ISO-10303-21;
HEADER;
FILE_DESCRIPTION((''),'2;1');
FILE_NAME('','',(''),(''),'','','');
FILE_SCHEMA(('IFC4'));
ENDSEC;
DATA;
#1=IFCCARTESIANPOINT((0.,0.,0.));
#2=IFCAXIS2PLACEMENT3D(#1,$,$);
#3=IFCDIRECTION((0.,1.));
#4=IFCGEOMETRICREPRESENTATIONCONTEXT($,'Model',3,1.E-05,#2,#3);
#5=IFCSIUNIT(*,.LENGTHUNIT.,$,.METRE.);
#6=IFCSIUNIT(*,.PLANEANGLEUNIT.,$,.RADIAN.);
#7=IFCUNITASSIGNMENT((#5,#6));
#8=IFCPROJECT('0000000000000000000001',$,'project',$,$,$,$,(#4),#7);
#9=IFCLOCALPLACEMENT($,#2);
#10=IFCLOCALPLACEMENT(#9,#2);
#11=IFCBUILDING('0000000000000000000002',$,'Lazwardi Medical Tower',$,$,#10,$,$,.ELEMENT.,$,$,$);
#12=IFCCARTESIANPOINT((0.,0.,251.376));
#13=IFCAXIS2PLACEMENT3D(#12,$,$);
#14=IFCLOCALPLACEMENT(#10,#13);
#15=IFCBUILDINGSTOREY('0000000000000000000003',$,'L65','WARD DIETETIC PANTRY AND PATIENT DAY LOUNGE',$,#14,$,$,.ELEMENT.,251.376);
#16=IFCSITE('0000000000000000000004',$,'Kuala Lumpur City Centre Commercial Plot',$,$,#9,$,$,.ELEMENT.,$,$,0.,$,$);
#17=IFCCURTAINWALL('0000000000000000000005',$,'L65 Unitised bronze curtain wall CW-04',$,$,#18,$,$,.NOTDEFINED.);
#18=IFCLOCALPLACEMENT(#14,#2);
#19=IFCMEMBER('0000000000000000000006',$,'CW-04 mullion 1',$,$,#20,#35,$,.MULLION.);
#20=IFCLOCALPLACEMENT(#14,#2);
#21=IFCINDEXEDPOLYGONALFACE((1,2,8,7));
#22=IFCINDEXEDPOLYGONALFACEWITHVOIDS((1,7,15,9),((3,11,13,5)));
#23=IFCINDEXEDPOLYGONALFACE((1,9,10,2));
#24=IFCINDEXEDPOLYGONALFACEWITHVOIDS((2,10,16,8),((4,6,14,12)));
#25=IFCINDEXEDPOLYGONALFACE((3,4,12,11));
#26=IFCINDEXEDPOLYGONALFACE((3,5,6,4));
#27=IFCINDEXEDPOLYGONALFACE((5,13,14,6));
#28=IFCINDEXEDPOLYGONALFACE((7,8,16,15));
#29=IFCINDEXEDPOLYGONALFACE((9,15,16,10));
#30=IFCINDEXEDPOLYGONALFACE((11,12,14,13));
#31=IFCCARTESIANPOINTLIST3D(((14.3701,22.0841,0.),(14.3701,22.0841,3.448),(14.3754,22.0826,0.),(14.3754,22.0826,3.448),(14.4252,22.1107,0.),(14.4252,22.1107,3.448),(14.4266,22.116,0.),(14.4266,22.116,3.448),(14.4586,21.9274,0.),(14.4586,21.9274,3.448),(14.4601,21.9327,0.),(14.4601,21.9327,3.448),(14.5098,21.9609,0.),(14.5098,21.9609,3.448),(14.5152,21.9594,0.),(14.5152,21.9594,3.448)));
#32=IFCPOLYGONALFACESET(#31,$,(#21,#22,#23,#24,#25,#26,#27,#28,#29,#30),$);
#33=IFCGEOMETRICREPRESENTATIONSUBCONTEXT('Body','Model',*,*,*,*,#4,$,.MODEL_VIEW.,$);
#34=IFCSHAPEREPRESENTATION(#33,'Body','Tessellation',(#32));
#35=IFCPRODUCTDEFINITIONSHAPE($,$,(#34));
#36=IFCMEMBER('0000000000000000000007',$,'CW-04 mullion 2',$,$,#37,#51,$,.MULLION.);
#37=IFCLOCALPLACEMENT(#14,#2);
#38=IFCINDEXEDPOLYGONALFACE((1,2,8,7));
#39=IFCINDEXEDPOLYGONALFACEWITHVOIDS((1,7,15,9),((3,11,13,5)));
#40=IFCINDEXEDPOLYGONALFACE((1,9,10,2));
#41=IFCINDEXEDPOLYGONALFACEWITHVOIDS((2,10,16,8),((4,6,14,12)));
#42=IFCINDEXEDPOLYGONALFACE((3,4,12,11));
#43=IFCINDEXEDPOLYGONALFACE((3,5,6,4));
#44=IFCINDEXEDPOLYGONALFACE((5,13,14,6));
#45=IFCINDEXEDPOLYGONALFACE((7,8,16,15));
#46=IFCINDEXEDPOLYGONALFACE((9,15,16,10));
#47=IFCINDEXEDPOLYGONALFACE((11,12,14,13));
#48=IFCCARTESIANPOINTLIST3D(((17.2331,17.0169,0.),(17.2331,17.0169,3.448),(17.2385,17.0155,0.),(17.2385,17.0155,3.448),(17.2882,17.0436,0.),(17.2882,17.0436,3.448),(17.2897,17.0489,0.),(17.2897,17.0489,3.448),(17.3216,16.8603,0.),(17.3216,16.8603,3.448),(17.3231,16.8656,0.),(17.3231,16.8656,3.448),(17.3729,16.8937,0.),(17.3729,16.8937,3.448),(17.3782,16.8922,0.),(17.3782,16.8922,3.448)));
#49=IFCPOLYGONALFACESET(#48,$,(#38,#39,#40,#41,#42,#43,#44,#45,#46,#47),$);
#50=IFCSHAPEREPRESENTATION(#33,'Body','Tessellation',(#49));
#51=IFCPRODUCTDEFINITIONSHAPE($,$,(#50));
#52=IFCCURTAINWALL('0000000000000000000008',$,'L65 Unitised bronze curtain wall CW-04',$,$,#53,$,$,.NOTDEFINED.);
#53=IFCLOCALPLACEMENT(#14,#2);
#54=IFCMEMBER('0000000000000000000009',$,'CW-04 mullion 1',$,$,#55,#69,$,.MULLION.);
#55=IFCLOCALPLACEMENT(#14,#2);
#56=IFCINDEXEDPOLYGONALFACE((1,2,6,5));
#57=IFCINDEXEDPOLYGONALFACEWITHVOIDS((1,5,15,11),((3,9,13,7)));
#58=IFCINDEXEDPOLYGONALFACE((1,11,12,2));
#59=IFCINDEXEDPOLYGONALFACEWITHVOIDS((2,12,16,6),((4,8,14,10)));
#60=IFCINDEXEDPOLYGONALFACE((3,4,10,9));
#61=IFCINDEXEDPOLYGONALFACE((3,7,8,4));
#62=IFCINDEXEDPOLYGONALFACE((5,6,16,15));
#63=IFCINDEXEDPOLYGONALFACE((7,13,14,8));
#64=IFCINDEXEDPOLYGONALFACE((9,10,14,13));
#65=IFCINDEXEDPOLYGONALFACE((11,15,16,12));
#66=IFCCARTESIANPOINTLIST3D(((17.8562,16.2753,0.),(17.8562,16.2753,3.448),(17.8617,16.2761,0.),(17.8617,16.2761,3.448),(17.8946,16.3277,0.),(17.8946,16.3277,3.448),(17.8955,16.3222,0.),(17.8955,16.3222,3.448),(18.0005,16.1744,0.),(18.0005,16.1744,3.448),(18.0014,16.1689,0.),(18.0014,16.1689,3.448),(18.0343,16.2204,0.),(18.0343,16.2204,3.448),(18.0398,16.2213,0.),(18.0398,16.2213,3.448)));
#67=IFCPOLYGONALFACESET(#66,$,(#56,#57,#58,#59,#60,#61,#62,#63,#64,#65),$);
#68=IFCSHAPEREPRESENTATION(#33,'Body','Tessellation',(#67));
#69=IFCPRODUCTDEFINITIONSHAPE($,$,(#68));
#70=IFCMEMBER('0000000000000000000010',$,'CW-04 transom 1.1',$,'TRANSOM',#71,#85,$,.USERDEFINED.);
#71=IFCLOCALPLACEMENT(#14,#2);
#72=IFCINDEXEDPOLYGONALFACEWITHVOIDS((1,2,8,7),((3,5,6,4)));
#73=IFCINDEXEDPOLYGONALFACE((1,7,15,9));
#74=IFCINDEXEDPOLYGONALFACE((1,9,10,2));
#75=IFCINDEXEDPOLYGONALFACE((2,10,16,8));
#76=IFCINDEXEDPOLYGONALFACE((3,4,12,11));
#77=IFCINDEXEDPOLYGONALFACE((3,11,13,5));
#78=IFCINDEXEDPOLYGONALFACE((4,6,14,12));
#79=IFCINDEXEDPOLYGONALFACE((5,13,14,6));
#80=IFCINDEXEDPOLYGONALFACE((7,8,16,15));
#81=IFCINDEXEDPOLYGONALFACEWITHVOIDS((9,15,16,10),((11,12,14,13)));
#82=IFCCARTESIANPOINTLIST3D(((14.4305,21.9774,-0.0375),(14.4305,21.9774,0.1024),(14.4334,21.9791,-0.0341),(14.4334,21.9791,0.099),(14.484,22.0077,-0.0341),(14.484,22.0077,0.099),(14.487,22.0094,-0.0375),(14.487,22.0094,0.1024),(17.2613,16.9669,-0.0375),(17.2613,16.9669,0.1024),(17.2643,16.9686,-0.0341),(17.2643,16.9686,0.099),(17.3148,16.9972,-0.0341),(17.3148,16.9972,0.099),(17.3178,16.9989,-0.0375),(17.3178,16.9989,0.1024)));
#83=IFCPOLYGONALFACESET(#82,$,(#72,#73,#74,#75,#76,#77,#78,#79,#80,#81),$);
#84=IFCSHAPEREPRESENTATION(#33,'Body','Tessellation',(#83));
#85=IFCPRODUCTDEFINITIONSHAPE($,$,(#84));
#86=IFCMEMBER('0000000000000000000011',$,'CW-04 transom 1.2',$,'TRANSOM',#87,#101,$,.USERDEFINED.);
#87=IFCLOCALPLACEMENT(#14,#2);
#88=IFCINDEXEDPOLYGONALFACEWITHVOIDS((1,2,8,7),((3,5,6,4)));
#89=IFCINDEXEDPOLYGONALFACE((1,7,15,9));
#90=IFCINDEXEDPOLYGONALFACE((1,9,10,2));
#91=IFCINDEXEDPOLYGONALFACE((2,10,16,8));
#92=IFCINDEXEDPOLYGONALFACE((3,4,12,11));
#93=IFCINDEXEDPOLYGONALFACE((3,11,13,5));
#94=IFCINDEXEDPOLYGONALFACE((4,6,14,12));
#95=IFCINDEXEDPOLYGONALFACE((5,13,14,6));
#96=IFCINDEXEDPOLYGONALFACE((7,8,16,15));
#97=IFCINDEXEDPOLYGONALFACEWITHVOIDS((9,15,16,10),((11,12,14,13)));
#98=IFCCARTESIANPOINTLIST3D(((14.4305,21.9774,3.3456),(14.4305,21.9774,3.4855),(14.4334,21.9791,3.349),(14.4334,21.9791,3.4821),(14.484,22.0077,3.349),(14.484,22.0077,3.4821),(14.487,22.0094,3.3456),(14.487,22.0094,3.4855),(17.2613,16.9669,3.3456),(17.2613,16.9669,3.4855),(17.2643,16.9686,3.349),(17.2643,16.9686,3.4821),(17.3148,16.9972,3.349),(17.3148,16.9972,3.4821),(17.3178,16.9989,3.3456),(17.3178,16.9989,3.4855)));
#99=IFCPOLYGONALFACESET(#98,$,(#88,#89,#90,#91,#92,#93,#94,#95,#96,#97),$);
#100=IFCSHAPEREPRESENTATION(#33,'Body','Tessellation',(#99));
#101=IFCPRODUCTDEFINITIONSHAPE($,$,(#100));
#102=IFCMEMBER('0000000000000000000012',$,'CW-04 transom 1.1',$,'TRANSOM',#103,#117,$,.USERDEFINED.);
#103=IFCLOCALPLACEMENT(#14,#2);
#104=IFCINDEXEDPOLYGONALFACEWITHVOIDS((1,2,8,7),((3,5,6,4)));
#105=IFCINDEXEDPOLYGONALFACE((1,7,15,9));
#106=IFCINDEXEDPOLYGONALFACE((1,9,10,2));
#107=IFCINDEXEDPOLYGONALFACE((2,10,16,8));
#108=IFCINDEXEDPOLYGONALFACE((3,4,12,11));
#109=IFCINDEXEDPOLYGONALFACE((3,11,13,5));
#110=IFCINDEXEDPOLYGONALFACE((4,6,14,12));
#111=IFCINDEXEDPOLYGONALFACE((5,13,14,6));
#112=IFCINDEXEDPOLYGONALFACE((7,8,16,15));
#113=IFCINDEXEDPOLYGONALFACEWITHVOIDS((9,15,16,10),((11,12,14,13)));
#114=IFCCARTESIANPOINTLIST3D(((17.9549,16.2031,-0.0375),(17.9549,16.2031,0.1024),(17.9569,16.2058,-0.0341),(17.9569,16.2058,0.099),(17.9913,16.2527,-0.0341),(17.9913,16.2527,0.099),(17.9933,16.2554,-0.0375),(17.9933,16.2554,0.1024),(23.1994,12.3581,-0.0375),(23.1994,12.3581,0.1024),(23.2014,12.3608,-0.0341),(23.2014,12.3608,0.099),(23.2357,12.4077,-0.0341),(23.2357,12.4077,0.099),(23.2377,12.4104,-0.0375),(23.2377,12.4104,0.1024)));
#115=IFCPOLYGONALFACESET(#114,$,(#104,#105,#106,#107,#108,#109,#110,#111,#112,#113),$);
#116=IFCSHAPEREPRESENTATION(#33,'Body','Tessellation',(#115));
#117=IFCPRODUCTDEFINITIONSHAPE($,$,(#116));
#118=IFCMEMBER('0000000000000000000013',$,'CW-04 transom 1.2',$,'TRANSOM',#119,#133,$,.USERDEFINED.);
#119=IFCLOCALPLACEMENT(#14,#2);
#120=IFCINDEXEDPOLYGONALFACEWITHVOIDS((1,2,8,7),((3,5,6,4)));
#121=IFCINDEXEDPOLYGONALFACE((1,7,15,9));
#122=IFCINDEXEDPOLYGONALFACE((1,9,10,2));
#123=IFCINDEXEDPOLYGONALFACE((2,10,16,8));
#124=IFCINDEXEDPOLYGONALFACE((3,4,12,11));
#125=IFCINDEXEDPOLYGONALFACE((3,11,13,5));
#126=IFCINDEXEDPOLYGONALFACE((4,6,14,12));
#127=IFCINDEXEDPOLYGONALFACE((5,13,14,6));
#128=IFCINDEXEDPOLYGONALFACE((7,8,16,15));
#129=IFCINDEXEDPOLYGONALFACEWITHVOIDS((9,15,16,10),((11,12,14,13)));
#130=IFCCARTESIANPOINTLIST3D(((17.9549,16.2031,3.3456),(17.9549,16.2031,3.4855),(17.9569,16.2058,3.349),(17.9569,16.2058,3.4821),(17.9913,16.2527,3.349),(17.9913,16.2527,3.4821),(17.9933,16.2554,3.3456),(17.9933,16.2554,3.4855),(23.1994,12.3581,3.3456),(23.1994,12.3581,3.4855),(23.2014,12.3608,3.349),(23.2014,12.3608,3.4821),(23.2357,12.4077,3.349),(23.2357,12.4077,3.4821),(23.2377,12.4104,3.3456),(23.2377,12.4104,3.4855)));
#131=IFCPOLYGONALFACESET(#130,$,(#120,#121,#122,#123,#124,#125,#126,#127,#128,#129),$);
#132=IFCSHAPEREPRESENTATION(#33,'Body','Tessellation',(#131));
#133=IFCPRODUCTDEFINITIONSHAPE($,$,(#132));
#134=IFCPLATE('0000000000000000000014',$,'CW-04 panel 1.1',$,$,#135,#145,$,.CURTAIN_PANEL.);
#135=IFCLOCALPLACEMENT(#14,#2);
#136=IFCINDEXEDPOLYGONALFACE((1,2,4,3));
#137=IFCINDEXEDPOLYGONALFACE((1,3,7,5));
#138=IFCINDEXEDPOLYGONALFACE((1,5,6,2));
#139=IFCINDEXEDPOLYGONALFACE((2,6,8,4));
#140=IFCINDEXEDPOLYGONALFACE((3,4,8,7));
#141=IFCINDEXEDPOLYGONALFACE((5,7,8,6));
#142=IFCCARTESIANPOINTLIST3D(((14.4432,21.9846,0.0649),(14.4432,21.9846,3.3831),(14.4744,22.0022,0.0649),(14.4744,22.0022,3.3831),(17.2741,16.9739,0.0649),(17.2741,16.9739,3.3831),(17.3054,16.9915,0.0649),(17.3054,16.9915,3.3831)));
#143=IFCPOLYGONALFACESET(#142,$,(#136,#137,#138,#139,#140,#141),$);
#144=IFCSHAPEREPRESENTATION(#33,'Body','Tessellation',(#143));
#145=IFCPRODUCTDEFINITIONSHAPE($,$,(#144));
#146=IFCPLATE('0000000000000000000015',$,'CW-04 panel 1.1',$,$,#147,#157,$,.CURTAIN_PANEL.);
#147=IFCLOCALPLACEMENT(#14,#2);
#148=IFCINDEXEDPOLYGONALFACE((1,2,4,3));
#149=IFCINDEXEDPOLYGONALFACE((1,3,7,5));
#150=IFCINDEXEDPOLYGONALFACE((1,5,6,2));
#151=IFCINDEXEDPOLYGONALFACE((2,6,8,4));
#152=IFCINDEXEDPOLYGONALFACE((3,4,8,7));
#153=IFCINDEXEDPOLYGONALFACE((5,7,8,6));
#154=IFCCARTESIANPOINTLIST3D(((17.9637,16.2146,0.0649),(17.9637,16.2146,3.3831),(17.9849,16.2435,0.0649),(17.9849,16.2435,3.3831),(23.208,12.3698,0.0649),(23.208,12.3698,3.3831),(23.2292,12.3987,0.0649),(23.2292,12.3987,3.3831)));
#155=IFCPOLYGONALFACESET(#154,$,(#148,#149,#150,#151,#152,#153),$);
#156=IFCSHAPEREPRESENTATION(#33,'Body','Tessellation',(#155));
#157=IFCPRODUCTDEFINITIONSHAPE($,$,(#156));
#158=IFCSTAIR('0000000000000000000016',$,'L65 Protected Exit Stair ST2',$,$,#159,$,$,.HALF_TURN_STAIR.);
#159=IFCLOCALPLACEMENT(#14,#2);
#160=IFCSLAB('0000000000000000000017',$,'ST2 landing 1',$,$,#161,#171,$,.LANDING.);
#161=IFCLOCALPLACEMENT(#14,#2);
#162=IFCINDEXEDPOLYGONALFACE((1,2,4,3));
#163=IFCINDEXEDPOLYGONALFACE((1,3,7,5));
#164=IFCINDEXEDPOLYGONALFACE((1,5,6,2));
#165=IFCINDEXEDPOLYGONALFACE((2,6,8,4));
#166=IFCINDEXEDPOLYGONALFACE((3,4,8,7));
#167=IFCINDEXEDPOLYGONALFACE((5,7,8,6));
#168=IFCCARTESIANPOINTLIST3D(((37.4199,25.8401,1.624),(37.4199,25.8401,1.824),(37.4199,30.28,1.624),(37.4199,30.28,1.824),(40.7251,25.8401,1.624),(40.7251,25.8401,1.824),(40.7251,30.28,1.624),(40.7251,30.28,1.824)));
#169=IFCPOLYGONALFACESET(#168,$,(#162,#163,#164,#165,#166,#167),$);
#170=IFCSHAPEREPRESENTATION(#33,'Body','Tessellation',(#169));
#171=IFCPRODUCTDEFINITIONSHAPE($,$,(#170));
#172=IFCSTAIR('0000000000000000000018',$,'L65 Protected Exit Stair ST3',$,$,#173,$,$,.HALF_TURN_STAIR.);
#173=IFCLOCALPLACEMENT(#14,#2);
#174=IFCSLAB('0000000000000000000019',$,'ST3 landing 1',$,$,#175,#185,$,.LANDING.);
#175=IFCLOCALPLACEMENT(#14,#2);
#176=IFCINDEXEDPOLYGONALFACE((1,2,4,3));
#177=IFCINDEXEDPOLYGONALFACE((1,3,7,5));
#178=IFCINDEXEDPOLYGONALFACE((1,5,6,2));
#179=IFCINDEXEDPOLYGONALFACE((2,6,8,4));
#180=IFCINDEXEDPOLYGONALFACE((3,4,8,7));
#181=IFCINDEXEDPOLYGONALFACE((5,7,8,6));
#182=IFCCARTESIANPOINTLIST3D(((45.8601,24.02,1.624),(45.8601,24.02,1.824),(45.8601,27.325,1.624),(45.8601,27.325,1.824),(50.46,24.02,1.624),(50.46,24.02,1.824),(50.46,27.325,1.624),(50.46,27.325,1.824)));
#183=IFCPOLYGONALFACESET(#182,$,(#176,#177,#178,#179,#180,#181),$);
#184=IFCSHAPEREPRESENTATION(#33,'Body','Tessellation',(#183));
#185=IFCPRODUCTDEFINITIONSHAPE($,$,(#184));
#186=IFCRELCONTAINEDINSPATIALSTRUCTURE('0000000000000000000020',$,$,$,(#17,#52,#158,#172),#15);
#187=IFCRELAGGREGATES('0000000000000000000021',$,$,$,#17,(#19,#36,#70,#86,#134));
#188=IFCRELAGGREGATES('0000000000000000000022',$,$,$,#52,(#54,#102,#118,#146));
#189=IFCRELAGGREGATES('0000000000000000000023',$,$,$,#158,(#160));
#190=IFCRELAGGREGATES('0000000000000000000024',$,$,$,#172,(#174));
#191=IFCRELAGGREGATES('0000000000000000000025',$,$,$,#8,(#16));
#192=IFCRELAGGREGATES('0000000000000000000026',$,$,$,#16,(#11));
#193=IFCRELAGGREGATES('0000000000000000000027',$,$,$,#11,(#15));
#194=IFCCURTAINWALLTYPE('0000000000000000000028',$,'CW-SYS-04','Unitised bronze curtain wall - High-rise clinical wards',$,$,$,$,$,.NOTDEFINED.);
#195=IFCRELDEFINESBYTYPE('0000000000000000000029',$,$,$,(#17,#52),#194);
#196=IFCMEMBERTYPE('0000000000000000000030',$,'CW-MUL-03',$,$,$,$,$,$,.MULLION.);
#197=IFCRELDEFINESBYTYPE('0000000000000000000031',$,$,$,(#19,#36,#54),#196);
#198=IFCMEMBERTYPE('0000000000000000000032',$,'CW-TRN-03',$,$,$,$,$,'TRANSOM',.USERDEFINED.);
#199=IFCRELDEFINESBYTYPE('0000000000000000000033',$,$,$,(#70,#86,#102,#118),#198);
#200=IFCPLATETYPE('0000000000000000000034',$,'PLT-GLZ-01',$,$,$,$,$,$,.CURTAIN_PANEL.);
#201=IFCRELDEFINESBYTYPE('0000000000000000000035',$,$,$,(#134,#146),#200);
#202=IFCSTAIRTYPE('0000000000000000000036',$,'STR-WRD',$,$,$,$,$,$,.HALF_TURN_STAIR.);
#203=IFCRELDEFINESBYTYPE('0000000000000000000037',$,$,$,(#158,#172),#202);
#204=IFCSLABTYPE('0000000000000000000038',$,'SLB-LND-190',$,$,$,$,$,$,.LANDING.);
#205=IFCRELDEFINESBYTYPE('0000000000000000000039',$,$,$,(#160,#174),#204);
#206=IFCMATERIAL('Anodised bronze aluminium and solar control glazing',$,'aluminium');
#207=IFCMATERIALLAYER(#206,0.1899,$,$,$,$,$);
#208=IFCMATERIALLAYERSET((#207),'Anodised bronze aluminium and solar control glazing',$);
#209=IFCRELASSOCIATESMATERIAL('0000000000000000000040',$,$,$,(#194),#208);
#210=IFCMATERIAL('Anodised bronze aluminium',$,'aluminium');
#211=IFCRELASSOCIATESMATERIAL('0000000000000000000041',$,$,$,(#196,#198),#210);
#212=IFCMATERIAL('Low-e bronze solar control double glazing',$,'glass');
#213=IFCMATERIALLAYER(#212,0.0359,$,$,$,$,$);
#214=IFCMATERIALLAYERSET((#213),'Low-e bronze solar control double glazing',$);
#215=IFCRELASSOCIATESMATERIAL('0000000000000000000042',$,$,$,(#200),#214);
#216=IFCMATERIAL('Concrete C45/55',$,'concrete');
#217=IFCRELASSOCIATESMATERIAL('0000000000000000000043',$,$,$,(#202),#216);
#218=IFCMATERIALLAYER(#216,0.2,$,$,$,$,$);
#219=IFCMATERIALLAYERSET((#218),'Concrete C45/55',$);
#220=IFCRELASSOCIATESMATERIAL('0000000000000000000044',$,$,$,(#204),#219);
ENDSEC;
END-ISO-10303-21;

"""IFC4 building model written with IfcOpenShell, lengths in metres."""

from ifc_helpers import new_model, si_unit, direction, frame, origin, origin_2d, place, context, subcontext, project, spatial, polyline, rectangle, hollow_rectangle, outline, extrude, material, layer, layer_set, material_profile, profile_set, type_object, element, aggregate, save


model = new_model("IFC4")

# Units and contexts
model_context = context("Model", 3, precision=1e-05, world=origin(), true_north=direction((0.0, 1.0)))
body_context = subcontext(model_context, "Body", "Model", "MODEL_VIEW")
ifc_project = project(units=[si_unit("LENGTHUNIT", "METRE"), si_unit("PLANEANGLEUNIT", "RADIAN")], contexts=[model_context])

# Site, building, storey
site_placement = place(None, origin())
site = spatial("IfcSite", under=ifc_project, at=site_placement, Name="Kuala Lumpur City Centre Commercial Plot", CompositionType="ELEMENT", RefElevation=0.0)
building_placement = place(site_placement, origin())
building = spatial("IfcBuilding", under=site, at=building_placement, Name="Lazwardi Medical Tower", CompositionType="ELEMENT")
storey_placement = place(building_placement, frame((0.0, 0.0, 251.376)))
storey = spatial("IfcBuildingStorey", under=building, at=storey_placement, Name="L65", Description="WARD DIETETIC PANTRY AND PATIENT DAY LOUNGE", CompositionType="ELEMENT", Elevation=251.376)

# Curtain wall, members
ifc_material_1 = material(Name="Anodised bronze aluminium and solar control glazing", Category="aluminium")
ifc_layer_1 = layer(ifc_material_1, 0.1899)
ifc_layer_set_1 = layer_set([ifc_layer_1], Name="Anodised bronze aluminium and solar control glazing")
curtain_wall_type = type_object("IfcCurtainWallType", Name="CW-SYS-04", Description="Unitised bronze curtain wall - High-rise clinical wards", PredefinedType="NOTDEFINED", material=ifc_layer_set_1)
curtain_wall_1_placement = place(storey_placement, origin())
curtain_wall_1 = element("IfcCurtainWall", 1, at=curtain_wall_1_placement, inside=storey, type_object=curtain_wall_type, Name="L65 Unitised bronze curtain wall CW-04", PredefinedType="NOTDEFINED")
ifc_material_2 = material(Name="Anodised bronze aluminium", Category="aluminium")
ifc_material_profile_1 = material_profile(ifc_material_2, hollow_rectangle(XDim=0.0649, YDim=0.1799, WallThickness=0.0039, at=origin_2d()), Name="ALU-MULLION 180x65x4")
ifc_profile_set_1 = profile_set([ifc_material_profile_1], Name="Anodised bronze aluminium")
member_type_1 = type_object("IfcMemberType", Name="CW-MUL-03", PredefinedType="MULLION", material=ifc_profile_set_1)
member_1_placement = place(storey_placement, frame((14.4426, 22.0217, 0.0), z_axis=(0.0, 0.0, 1.0), x_axis=(0.870651, 0.4919, 0.0)))
member_1 = element("IfcMember", 2, at=member_1_placement, type_object=member_type_1, Name="CW-04 mullion 1", PredefinedType="MULLION", context=body_context, shape_type="SweptSolid", body=[
    extrude(hollow_rectangle(XDim=0.0649, YDim=0.1799, WallThickness=0.0039, at=origin_2d()), origin(), (0.0, 0.0, 1.0), 3.448),
])
member_2_placement = place(storey_placement, frame((17.3057, 16.9546, 0.0), z_axis=(0.0, 0.0, 1.0), x_axis=(0.870651, 0.4919, 0.0)))
member_2 = element("IfcMember", 3, at=member_2_placement, type_object=member_type_1, Name="CW-04 mullion 2", PredefinedType="MULLION", context=body_context, shape_type="SweptSolid", body=[
    extrude(hollow_rectangle(XDim=0.0649, YDim=0.1799, WallThickness=0.0039, at=origin_2d()), origin(), (0.0, 0.0, 1.0), 3.448),
])

# Curtain wall, member
curtain_wall_2_placement = place(storey_placement, origin())
curtain_wall_2 = element("IfcCurtainWall", 4, at=curtain_wall_2_placement, inside=storey, type_object=curtain_wall_type, Name="L65 Unitised bronze curtain wall CW-04", PredefinedType="NOTDEFINED")
member_3_placement = place(storey_placement, frame((17.948, 16.2483, 0.0), z_axis=(0.0, 0.0, 1.0), x_axis=(0.591268, 0.806475, 0.0)))
member_3 = element("IfcMember", 5, at=member_3_placement, type_object=member_type_1, Name="CW-04 mullion 1", PredefinedType="MULLION", context=body_context, shape_type="SweptSolid", body=[
    extrude(hollow_rectangle(XDim=0.0649, YDim=0.1799, WallThickness=0.0039, at=origin_2d()), origin(), (0.0, 0.0, 1.0), 3.448),
])

# Members
ifc_material_profile_2 = material_profile(ifc_material_2, hollow_rectangle(XDim=0.0649, YDim=0.1399, WallThickness=0.0034, at=origin_2d()), Name="ALU-TRANSOM 140x65x3.5")
ifc_profile_set_2 = profile_set([ifc_material_profile_2], Name="Anodised bronze aluminium")
member_type_2 = type_object("IfcMemberType", Name="CW-TRN-03", ElementType="TRANSOM", PredefinedType="USERDEFINED", material=ifc_profile_set_2)
member_4_placement = place(storey_placement, frame((14.4587, 21.9934, 0.0325), z_axis=(0.491898, -0.870653, 0.0), x_axis=(0.870653, 0.491898, 0.0)))
member_4 = element("IfcMember", 6, at=member_4_placement, type_object=member_type_2, Name="CW-04 transom 1.1", ObjectType="TRANSOM", PredefinedType="USERDEFINED", context=body_context, shape_type="SweptSolid", body=[
    extrude(hollow_rectangle(XDim=0.0649, YDim=0.1399, WallThickness=0.0034, at=origin_2d()), origin(), (0.0, 0.0, 1.0), 5.7549),
])
member_5_placement = place(storey_placement, frame((14.4587, 21.9934, 3.4155), z_axis=(0.491898, -0.870653, 0.0), x_axis=(0.870653, 0.491898, 0.0)))
member_5 = element("IfcMember", 7, at=member_5_placement, type_object=member_type_2, Name="CW-04 transom 1.2", ObjectType="TRANSOM", PredefinedType="USERDEFINED", context=body_context, shape_type="SweptSolid", body=[
    extrude(hollow_rectangle(XDim=0.0649, YDim=0.1399, WallThickness=0.0034, at=origin_2d()), origin(), (0.0, 0.0, 1.0), 5.7549),
])
member_6_placement = place(storey_placement, frame((17.9741, 16.2292, 0.0325), z_axis=(0.806472, -0.591273, 0.0), x_axis=(0.591273, 0.806472, 0.0)))
member_6 = element("IfcMember", 8, at=member_6_placement, type_object=member_type_2, Name="CW-04 transom 1.1", ObjectType="TRANSOM", PredefinedType="USERDEFINED", context=body_context, shape_type="SweptSolid", body=[
    extrude(hollow_rectangle(XDim=0.0649, YDim=0.1399, WallThickness=0.0034, at=origin_2d()), origin(), (0.0, 0.0, 1.0), 6.5029),
])
member_7_placement = place(storey_placement, frame((17.9741, 16.2292, 3.4155), z_axis=(0.806472, -0.591273, 0.0), x_axis=(0.591273, 0.806472, 0.0)))
member_7 = element("IfcMember", 9, at=member_7_placement, type_object=member_type_2, Name="CW-04 transom 1.2", ObjectType="TRANSOM", PredefinedType="USERDEFINED", context=body_context, shape_type="SweptSolid", body=[
    extrude(hollow_rectangle(XDim=0.0649, YDim=0.1399, WallThickness=0.0034, at=origin_2d()), origin(), (0.0, 0.0, 1.0), 6.5029),
])

# Plates
ifc_material_3 = material(Name="Low-e bronze solar control double glazing", Category="glass")
ifc_layer_2 = layer(ifc_material_3, 0.0359)
ifc_layer_set_2 = layer_set([ifc_layer_2], Name="Low-e bronze solar control double glazing")
plate_type = type_object("IfcPlateType", Name="PLT-GLZ-01", PredefinedType="CURTAIN_PANEL", material=ifc_layer_set_2)
plate_1_placement = place(storey_placement, frame((15.8743, 19.488, 0.0649), z_axis=(0.0, 0.0, 1.0), x_axis=(0.4919, -0.870651, 0.0)))
plate_1 = element("IfcPlate", 10, at=plate_1_placement, type_object=plate_type, Name="CW-04 panel 1.1", PredefinedType="CURTAIN_PANEL", context=body_context, shape_type="SweptSolid", body=[
    extrude(rectangle(XDim=5.7551, YDim=0.0359, at=origin_2d()), origin(), (0.0, 0.0, 1.0), 3.3181),
])
aggregate(curtain_wall_1, [member_1, member_2, member_4, member_5, plate_1])
plate_2_placement = place(storey_placement, frame((20.5964, 14.3066, 0.0649), z_axis=(0.0, 0.0, 1.0), x_axis=(0.806475, -0.591268, 0.0)))
plate_2 = element("IfcPlate", 11, at=plate_2_placement, type_object=plate_type, Name="CW-04 panel 1.1", PredefinedType="CURTAIN_PANEL", context=body_context, shape_type="SweptSolid", body=[
    extrude(rectangle(XDim=6.5027, YDim=0.0359, at=origin_2d()), origin(), (0.0, 0.0, 1.0), 3.3181),
])
aggregate(curtain_wall_2, [member_3, member_6, member_7, plate_2])

# Stairs, slabs
ifc_material_4 = material(Name="Concrete C45/55", Category="concrete")
stair_type = type_object("IfcStairType", Name="STR-WRD", PredefinedType="HALF_TURN_STAIR", material=ifc_material_4)
stair_1_placement = place(storey_placement, origin())
stair_1 = element("IfcStair", 12, at=stair_1_placement, inside=storey, type_object=stair_type, Name="L65 Protected Exit Stair ST2", PredefinedType="HALF_TURN_STAIR")
ifc_layer_3 = layer(ifc_material_4, 0.2)
ifc_layer_set_3 = layer_set([ifc_layer_3], Name="Concrete C45/55")
slab_type = type_object("IfcSlabType", Name="SLB-LND-190", PredefinedType="LANDING", material=ifc_layer_set_3)
slab_1_placement = place(storey_placement, frame((0.0, 0.0, 1.624)))
slab_1 = element("IfcSlab", 13, at=slab_1_placement, type_object=slab_type, Name="ST2 landing 1", PredefinedType="LANDING", context=body_context, shape_type="SweptSolid", body=[
    extrude(outline(polyline([(40.7251, 30.28), (37.4199, 30.28), (37.4199, 25.8401), (40.7251, 25.8401), (40.7251, 30.28)])), origin(), (0.0, 0.0, 1.0), 0.2),
])
aggregate(stair_1, [slab_1])
stair_2_placement = place(storey_placement, origin())
stair_2 = element("IfcStair", 14, at=stair_2_placement, inside=storey, type_object=stair_type, Name="L65 Protected Exit Stair ST3", PredefinedType="HALF_TURN_STAIR")
slab_2_placement = place(storey_placement, frame((0.0, 0.0, 1.624)))
slab_2 = element("IfcSlab", 15, at=slab_2_placement, type_object=slab_type, Name="ST3 landing 1", PredefinedType="LANDING", context=body_context, shape_type="SweptSolid", body=[
    extrude(outline(polyline([(45.8601, 27.325), (45.8601, 24.02), (50.46, 24.02), (50.46, 27.325), (45.8601, 27.325)])), origin(), (0.0, 0.0, 1.0), 0.2),
])
aggregate(stair_2, [slab_2])

save(model, "model.ifc")
